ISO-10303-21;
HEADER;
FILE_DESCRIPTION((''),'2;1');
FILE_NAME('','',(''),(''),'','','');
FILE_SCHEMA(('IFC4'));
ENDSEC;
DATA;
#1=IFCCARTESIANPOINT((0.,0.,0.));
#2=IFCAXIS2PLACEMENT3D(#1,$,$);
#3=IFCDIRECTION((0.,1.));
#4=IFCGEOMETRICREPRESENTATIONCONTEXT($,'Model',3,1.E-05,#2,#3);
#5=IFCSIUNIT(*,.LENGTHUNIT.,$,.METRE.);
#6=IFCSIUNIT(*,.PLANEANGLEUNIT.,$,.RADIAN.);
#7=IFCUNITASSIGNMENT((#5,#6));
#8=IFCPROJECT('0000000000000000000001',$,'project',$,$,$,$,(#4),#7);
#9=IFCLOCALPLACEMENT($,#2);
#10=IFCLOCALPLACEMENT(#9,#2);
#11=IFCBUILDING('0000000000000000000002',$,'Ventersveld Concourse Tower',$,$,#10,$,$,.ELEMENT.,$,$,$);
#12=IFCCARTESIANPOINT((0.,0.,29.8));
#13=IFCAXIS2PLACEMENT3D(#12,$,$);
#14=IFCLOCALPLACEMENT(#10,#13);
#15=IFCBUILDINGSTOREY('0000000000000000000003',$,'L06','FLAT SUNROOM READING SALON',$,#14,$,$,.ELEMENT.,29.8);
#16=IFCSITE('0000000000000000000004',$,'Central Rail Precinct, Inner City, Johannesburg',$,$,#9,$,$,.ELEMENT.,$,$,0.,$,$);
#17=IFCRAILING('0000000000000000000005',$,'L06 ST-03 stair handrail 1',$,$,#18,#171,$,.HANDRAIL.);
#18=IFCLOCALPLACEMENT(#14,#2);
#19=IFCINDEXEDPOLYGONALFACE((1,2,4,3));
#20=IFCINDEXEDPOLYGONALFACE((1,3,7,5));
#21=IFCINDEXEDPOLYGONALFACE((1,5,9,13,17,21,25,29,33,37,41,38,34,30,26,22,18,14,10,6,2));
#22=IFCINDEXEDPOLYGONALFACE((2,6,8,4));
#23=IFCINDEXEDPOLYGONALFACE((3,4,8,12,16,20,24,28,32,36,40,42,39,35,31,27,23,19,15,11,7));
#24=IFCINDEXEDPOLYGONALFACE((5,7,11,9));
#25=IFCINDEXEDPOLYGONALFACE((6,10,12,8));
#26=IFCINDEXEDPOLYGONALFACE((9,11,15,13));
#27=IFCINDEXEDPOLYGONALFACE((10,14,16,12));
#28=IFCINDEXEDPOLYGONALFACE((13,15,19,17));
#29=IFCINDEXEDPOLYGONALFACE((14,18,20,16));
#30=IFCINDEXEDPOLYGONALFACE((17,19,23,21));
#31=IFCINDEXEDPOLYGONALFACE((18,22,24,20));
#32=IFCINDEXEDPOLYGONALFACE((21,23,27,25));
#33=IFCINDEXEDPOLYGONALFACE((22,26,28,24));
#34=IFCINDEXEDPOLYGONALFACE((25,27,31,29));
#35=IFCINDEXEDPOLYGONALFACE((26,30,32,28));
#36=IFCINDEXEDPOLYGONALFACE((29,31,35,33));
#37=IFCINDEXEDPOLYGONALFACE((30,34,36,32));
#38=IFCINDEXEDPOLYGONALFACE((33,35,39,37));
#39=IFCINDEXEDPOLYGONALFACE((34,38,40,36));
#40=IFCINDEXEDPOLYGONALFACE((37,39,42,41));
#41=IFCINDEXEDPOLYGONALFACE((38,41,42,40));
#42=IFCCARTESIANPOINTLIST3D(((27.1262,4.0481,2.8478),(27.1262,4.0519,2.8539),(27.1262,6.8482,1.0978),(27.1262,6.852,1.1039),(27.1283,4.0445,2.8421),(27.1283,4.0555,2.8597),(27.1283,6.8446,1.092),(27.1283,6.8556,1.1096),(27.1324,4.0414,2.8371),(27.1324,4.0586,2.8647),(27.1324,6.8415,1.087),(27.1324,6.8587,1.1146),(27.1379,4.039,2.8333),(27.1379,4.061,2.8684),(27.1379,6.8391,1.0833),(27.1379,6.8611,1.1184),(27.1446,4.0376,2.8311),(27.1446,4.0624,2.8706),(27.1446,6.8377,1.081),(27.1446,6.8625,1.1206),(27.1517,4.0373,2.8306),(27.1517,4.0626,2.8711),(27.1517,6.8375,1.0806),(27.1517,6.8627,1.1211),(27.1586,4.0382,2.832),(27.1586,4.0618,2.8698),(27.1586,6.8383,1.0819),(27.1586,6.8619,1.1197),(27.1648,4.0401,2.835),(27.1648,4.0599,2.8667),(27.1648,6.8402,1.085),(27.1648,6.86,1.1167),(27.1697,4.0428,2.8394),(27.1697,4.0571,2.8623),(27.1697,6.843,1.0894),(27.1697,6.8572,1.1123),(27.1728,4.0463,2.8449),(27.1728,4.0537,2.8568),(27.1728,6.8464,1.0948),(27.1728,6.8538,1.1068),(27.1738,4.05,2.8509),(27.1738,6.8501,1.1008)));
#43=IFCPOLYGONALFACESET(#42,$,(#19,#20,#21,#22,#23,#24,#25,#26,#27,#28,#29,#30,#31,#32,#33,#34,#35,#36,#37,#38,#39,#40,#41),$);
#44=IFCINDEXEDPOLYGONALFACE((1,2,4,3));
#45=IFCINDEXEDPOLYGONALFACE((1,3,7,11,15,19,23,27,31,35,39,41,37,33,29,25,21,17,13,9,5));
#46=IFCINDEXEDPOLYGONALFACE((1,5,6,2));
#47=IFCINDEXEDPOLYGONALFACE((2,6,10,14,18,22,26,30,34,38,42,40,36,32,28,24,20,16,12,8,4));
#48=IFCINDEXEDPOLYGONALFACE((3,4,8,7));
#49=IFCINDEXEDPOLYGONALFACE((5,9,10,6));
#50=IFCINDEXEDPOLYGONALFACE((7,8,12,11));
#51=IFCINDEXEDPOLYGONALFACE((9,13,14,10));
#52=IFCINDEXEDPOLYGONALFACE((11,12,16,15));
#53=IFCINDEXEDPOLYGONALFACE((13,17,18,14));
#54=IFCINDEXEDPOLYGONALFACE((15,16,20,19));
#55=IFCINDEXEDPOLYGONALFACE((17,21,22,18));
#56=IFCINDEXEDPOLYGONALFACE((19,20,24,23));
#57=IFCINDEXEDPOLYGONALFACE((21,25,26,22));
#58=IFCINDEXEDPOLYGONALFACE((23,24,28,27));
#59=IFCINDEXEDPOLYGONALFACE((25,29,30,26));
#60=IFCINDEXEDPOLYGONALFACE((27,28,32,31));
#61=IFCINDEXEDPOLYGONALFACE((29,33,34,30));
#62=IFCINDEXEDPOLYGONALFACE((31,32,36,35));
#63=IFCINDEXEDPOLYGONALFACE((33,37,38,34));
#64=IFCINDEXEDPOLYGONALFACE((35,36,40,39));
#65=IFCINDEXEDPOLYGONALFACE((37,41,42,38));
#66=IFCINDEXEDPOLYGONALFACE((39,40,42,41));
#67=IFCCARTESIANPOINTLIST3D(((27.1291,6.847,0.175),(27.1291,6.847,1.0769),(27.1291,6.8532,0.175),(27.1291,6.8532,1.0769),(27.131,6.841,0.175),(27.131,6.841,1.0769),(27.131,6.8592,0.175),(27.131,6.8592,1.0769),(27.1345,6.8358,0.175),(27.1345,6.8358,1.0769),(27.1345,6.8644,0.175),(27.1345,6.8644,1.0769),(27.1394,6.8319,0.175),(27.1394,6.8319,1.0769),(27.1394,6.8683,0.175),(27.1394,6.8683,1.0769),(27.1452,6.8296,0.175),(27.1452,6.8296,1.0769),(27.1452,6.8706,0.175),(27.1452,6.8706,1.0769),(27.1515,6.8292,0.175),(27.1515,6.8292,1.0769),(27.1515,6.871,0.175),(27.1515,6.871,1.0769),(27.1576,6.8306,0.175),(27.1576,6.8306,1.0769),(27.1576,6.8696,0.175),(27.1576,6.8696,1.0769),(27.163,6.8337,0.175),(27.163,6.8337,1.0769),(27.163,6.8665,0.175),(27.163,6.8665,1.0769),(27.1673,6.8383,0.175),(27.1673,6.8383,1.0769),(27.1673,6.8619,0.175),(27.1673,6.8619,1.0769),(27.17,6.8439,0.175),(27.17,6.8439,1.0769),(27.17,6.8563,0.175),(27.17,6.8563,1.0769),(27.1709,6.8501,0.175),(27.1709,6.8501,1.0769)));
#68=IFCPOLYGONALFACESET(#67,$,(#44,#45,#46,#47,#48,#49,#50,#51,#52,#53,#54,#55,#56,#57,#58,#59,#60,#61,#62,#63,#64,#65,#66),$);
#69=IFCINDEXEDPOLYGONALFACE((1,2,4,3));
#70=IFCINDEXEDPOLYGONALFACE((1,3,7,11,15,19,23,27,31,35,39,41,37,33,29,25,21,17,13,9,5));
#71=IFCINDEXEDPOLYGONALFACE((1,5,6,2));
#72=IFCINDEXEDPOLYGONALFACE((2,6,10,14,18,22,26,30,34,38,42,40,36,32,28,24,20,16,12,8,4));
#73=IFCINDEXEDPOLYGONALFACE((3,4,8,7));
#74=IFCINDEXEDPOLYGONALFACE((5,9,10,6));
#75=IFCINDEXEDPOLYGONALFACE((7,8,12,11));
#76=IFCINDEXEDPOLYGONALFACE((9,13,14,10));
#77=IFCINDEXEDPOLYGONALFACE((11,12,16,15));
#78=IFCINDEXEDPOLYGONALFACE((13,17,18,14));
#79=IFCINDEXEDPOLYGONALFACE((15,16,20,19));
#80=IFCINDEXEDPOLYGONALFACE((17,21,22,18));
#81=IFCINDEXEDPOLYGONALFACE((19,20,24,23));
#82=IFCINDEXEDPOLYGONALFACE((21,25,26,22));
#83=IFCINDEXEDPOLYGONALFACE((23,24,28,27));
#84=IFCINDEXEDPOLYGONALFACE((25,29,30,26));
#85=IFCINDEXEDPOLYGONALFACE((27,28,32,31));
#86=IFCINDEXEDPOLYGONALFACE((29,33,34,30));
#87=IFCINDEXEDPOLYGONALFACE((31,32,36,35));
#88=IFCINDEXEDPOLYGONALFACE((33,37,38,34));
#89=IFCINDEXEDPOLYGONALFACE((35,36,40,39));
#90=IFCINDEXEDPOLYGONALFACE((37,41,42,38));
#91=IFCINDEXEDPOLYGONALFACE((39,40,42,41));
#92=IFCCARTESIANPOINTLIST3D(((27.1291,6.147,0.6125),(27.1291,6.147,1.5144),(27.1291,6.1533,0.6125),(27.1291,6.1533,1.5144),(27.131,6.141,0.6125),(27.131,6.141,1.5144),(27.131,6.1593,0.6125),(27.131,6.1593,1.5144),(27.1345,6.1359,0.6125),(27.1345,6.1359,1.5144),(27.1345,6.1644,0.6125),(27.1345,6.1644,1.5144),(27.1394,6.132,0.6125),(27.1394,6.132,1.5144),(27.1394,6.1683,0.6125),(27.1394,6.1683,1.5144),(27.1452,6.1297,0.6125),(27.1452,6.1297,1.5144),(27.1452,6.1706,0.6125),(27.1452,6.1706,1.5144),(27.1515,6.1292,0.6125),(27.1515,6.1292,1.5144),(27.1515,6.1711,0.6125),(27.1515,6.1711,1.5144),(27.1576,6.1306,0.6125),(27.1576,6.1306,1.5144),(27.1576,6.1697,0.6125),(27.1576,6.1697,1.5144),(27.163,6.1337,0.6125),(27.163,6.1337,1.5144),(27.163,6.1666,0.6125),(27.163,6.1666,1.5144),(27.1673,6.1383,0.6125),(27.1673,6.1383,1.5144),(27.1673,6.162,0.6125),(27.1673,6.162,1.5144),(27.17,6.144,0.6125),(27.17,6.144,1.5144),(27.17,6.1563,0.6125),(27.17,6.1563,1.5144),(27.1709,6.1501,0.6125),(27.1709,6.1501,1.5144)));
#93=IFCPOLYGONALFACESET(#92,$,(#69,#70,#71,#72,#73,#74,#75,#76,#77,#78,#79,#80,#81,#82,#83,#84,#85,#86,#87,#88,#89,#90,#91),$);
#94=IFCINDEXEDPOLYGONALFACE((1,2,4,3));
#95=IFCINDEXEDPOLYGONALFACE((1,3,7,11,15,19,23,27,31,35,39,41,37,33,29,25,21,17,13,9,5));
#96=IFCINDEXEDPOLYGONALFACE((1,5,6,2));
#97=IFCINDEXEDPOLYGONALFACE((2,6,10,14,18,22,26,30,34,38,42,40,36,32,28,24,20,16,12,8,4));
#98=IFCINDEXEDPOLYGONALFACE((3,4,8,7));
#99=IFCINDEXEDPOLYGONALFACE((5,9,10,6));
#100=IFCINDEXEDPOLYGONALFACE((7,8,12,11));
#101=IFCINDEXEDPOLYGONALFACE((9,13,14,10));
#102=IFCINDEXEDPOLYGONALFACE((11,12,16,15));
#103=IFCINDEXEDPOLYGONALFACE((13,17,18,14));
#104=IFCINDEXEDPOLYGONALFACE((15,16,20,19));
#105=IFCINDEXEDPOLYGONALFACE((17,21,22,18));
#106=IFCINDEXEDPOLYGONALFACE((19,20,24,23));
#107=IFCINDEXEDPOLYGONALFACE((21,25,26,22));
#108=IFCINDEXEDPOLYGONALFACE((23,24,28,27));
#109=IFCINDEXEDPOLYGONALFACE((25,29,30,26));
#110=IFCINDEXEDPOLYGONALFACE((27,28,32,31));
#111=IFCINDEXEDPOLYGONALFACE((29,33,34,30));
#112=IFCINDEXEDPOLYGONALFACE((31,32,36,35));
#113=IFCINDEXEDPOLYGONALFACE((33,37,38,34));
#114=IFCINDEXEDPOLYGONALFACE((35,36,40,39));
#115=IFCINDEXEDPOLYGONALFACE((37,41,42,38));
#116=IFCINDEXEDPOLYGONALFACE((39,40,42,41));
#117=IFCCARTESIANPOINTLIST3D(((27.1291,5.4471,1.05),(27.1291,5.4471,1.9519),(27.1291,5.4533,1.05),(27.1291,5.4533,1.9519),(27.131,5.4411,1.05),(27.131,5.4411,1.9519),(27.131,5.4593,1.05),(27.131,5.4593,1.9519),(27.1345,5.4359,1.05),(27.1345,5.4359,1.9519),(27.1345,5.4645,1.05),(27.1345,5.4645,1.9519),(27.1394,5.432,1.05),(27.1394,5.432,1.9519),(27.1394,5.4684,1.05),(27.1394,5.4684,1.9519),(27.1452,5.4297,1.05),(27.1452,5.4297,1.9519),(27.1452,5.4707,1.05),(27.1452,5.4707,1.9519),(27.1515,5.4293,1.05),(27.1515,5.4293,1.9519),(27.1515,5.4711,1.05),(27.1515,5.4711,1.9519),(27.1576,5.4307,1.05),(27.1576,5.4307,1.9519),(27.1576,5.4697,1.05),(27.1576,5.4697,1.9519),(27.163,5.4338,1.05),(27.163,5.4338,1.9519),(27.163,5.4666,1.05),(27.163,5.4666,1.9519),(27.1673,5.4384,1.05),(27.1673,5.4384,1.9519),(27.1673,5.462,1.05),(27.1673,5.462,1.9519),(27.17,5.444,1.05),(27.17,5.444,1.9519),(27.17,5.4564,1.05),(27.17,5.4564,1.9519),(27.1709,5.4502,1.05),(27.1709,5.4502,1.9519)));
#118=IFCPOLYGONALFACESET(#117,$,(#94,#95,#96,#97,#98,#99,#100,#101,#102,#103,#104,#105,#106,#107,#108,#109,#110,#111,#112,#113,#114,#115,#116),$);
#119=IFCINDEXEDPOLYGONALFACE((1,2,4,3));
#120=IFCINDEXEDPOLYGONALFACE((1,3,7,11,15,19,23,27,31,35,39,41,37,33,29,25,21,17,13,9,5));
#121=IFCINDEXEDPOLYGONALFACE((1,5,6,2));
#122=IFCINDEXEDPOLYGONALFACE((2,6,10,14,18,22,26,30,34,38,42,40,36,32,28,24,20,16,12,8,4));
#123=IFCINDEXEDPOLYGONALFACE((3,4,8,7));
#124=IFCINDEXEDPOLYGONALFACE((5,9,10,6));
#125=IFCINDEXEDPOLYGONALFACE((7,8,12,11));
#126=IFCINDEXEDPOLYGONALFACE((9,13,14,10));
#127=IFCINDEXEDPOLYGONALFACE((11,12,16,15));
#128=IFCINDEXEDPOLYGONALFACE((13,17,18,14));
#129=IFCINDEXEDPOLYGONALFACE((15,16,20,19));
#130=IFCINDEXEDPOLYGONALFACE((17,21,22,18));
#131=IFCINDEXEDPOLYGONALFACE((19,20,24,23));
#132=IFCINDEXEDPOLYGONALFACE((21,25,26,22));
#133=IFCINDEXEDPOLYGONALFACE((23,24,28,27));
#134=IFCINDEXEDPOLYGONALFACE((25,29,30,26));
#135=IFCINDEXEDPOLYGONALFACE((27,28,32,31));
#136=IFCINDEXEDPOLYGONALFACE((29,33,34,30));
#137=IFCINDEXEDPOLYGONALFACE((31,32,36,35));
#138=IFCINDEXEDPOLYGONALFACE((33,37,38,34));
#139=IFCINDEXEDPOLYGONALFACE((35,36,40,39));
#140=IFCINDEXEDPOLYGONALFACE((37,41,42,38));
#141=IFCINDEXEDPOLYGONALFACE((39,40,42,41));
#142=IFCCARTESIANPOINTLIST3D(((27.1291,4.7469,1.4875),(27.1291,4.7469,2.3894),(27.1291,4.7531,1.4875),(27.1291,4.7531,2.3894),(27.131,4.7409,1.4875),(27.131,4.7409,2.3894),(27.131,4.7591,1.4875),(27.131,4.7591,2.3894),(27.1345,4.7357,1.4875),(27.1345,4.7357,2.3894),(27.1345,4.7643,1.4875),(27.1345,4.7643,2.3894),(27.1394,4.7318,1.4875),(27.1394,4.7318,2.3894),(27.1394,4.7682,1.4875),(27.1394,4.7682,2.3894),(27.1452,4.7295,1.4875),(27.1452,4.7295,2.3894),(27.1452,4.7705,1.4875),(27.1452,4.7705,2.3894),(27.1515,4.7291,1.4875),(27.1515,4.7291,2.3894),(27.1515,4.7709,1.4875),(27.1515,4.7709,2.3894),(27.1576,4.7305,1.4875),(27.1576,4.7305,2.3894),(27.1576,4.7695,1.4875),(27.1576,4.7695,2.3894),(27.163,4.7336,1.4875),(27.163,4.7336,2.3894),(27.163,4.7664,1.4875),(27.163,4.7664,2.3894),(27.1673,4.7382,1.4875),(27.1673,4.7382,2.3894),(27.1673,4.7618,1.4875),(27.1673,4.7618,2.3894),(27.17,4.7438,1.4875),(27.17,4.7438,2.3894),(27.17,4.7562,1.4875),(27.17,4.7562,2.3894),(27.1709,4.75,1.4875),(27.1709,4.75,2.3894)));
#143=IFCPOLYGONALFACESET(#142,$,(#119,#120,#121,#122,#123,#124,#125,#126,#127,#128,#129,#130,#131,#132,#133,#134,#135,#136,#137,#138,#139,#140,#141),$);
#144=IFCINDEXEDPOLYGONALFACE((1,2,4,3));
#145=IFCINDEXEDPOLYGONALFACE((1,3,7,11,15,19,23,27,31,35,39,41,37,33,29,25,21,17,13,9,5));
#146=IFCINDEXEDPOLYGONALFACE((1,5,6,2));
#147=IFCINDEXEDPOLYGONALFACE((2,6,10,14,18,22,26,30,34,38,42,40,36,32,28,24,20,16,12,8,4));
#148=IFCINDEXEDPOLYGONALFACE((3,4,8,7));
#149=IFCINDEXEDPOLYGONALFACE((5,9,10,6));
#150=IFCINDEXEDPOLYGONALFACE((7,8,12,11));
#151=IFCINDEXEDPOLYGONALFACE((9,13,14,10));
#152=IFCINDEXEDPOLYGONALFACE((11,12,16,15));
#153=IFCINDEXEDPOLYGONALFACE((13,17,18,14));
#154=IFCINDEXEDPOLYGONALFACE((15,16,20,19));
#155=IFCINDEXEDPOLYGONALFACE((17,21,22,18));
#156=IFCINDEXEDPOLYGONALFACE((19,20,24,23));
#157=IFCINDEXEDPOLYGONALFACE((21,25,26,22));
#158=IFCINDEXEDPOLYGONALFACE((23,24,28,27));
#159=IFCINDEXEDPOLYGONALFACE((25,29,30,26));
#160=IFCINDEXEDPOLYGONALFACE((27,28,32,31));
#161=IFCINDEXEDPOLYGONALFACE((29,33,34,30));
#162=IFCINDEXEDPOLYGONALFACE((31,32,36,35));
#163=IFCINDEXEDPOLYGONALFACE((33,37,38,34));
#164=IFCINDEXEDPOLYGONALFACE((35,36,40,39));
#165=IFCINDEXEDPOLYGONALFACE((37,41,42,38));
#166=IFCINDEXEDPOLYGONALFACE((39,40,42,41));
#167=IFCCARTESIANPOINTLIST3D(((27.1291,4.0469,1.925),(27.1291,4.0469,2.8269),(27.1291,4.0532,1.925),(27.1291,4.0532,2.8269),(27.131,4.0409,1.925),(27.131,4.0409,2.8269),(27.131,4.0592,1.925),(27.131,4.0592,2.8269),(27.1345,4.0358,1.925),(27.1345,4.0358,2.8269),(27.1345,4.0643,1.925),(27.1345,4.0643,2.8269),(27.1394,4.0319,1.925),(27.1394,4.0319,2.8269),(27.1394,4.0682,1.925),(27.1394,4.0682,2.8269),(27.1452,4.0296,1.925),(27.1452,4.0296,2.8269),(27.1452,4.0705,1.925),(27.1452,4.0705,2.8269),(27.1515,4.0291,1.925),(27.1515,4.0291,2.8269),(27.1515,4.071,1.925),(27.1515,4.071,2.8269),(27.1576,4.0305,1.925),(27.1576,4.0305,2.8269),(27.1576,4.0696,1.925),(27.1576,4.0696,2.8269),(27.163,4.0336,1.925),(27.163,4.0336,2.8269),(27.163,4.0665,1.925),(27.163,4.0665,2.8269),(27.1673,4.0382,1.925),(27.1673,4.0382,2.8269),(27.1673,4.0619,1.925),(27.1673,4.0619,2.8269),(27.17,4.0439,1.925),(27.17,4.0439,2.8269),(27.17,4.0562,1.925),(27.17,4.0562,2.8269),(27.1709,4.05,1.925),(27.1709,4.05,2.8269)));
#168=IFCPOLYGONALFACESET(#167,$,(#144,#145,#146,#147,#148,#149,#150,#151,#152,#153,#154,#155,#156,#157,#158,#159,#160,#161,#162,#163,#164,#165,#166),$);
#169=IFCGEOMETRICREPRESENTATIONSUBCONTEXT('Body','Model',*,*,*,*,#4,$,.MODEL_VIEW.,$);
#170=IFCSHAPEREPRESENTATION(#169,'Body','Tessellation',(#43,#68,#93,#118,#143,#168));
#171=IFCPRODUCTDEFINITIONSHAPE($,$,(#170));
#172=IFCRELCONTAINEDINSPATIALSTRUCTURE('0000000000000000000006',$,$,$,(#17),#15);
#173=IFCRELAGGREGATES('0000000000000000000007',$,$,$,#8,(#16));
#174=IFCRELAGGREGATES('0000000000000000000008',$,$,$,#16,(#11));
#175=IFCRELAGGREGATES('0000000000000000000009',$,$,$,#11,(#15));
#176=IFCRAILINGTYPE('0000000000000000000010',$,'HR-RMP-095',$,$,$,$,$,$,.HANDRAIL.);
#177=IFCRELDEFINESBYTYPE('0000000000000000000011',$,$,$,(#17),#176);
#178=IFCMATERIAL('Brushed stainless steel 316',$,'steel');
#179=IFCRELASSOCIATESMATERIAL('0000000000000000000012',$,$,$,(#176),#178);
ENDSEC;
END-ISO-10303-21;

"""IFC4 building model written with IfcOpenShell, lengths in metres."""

from ifc_helpers import new_model, si_unit, direction, frame, origin, origin_2d, place, context, subcontext, project, spatial, circle, extrude, material, type_object, element, save


model = new_model("IFC4")

# Units and contexts
model_context = context("Model", 3, precision=1e-05, world=origin(), true_north=direction((0.0, 1.0)))
body_context = subcontext(model_context, "Body", "Model", "MODEL_VIEW")
ifc_project = project(units=[si_unit("LENGTHUNIT", "METRE"), si_unit("PLANEANGLEUNIT", "RADIAN")], contexts=[model_context])

# Site, building, storey
site_placement = place(None, origin())
site = spatial("IfcSite", under=ifc_project, at=site_placement, Name="Central Rail Precinct, Inner City, Johannesburg", CompositionType="ELEMENT", RefElevation=0.0)
building_placement = place(site_placement, origin())
building = spatial("IfcBuilding", under=site, at=building_placement, Name="Ventersveld Concourse Tower", CompositionType="ELEMENT")
storey_placement = place(building_placement, frame((0.0, 0.0, 29.8)))
storey = spatial("IfcBuildingStorey", under=building, at=storey_placement, Name="L06", Description="FLAT SUNROOM READING SALON", CompositionType="ELEMENT", Elevation=29.8)

# Shared definitions
ifc_material_1 = material(Name="Brushed stainless steel 316", Category="steel")

# Railing
railing_type_1 = type_object("IfcRailingType", Name="HR-RMP-095", PredefinedType="HANDRAIL", material=ifc_material_1)
railing_1_placement = place(storey_placement, frame((27.1499, 6.8501, 0.175)))
element("IfcRailing", 1, at=railing_1_placement, inside=storey, type_object=railing_type_1, Name="L06 ST-03 stair handrail 1", PredefinedType="HANDRAIL", context=body_context, shape_type="SweptSolid", body=[
    extrude(circle(Radius=0.0239, at=origin_2d()), frame((0.0, 0.0, 0.9258), z_axis=(0.0, -0.848002, 0.529992), x_axis=(1.0, 0.0, 0.0)), (0.0, 0.0, 1.0), 3.302),
    extrude(circle(Radius=0.021, at=origin_2d()), origin(), (0.0, 0.0, 1.0), 0.9019),
    extrude(circle(Radius=0.021, at=origin_2d()), frame((0.0, -0.7, 0.4375)), (0.0, 0.0, 1.0), 0.9019),
    extrude(circle(Radius=0.021, at=origin_2d()), frame((0.0, -1.3999, 0.875)), (0.0, 0.0, 1.0), 0.9019),
    extrude(circle(Radius=0.021, at=origin_2d()), frame((0.0, -2.1001, 1.3125)), (0.0, 0.0, 1.0), 0.9019),
    extrude(circle(Radius=0.021, at=origin_2d()), frame((0.0, -2.8, 1.75)), (0.0, 0.0, 1.0), 0.9019),
])

save(model, "model.ifc")
